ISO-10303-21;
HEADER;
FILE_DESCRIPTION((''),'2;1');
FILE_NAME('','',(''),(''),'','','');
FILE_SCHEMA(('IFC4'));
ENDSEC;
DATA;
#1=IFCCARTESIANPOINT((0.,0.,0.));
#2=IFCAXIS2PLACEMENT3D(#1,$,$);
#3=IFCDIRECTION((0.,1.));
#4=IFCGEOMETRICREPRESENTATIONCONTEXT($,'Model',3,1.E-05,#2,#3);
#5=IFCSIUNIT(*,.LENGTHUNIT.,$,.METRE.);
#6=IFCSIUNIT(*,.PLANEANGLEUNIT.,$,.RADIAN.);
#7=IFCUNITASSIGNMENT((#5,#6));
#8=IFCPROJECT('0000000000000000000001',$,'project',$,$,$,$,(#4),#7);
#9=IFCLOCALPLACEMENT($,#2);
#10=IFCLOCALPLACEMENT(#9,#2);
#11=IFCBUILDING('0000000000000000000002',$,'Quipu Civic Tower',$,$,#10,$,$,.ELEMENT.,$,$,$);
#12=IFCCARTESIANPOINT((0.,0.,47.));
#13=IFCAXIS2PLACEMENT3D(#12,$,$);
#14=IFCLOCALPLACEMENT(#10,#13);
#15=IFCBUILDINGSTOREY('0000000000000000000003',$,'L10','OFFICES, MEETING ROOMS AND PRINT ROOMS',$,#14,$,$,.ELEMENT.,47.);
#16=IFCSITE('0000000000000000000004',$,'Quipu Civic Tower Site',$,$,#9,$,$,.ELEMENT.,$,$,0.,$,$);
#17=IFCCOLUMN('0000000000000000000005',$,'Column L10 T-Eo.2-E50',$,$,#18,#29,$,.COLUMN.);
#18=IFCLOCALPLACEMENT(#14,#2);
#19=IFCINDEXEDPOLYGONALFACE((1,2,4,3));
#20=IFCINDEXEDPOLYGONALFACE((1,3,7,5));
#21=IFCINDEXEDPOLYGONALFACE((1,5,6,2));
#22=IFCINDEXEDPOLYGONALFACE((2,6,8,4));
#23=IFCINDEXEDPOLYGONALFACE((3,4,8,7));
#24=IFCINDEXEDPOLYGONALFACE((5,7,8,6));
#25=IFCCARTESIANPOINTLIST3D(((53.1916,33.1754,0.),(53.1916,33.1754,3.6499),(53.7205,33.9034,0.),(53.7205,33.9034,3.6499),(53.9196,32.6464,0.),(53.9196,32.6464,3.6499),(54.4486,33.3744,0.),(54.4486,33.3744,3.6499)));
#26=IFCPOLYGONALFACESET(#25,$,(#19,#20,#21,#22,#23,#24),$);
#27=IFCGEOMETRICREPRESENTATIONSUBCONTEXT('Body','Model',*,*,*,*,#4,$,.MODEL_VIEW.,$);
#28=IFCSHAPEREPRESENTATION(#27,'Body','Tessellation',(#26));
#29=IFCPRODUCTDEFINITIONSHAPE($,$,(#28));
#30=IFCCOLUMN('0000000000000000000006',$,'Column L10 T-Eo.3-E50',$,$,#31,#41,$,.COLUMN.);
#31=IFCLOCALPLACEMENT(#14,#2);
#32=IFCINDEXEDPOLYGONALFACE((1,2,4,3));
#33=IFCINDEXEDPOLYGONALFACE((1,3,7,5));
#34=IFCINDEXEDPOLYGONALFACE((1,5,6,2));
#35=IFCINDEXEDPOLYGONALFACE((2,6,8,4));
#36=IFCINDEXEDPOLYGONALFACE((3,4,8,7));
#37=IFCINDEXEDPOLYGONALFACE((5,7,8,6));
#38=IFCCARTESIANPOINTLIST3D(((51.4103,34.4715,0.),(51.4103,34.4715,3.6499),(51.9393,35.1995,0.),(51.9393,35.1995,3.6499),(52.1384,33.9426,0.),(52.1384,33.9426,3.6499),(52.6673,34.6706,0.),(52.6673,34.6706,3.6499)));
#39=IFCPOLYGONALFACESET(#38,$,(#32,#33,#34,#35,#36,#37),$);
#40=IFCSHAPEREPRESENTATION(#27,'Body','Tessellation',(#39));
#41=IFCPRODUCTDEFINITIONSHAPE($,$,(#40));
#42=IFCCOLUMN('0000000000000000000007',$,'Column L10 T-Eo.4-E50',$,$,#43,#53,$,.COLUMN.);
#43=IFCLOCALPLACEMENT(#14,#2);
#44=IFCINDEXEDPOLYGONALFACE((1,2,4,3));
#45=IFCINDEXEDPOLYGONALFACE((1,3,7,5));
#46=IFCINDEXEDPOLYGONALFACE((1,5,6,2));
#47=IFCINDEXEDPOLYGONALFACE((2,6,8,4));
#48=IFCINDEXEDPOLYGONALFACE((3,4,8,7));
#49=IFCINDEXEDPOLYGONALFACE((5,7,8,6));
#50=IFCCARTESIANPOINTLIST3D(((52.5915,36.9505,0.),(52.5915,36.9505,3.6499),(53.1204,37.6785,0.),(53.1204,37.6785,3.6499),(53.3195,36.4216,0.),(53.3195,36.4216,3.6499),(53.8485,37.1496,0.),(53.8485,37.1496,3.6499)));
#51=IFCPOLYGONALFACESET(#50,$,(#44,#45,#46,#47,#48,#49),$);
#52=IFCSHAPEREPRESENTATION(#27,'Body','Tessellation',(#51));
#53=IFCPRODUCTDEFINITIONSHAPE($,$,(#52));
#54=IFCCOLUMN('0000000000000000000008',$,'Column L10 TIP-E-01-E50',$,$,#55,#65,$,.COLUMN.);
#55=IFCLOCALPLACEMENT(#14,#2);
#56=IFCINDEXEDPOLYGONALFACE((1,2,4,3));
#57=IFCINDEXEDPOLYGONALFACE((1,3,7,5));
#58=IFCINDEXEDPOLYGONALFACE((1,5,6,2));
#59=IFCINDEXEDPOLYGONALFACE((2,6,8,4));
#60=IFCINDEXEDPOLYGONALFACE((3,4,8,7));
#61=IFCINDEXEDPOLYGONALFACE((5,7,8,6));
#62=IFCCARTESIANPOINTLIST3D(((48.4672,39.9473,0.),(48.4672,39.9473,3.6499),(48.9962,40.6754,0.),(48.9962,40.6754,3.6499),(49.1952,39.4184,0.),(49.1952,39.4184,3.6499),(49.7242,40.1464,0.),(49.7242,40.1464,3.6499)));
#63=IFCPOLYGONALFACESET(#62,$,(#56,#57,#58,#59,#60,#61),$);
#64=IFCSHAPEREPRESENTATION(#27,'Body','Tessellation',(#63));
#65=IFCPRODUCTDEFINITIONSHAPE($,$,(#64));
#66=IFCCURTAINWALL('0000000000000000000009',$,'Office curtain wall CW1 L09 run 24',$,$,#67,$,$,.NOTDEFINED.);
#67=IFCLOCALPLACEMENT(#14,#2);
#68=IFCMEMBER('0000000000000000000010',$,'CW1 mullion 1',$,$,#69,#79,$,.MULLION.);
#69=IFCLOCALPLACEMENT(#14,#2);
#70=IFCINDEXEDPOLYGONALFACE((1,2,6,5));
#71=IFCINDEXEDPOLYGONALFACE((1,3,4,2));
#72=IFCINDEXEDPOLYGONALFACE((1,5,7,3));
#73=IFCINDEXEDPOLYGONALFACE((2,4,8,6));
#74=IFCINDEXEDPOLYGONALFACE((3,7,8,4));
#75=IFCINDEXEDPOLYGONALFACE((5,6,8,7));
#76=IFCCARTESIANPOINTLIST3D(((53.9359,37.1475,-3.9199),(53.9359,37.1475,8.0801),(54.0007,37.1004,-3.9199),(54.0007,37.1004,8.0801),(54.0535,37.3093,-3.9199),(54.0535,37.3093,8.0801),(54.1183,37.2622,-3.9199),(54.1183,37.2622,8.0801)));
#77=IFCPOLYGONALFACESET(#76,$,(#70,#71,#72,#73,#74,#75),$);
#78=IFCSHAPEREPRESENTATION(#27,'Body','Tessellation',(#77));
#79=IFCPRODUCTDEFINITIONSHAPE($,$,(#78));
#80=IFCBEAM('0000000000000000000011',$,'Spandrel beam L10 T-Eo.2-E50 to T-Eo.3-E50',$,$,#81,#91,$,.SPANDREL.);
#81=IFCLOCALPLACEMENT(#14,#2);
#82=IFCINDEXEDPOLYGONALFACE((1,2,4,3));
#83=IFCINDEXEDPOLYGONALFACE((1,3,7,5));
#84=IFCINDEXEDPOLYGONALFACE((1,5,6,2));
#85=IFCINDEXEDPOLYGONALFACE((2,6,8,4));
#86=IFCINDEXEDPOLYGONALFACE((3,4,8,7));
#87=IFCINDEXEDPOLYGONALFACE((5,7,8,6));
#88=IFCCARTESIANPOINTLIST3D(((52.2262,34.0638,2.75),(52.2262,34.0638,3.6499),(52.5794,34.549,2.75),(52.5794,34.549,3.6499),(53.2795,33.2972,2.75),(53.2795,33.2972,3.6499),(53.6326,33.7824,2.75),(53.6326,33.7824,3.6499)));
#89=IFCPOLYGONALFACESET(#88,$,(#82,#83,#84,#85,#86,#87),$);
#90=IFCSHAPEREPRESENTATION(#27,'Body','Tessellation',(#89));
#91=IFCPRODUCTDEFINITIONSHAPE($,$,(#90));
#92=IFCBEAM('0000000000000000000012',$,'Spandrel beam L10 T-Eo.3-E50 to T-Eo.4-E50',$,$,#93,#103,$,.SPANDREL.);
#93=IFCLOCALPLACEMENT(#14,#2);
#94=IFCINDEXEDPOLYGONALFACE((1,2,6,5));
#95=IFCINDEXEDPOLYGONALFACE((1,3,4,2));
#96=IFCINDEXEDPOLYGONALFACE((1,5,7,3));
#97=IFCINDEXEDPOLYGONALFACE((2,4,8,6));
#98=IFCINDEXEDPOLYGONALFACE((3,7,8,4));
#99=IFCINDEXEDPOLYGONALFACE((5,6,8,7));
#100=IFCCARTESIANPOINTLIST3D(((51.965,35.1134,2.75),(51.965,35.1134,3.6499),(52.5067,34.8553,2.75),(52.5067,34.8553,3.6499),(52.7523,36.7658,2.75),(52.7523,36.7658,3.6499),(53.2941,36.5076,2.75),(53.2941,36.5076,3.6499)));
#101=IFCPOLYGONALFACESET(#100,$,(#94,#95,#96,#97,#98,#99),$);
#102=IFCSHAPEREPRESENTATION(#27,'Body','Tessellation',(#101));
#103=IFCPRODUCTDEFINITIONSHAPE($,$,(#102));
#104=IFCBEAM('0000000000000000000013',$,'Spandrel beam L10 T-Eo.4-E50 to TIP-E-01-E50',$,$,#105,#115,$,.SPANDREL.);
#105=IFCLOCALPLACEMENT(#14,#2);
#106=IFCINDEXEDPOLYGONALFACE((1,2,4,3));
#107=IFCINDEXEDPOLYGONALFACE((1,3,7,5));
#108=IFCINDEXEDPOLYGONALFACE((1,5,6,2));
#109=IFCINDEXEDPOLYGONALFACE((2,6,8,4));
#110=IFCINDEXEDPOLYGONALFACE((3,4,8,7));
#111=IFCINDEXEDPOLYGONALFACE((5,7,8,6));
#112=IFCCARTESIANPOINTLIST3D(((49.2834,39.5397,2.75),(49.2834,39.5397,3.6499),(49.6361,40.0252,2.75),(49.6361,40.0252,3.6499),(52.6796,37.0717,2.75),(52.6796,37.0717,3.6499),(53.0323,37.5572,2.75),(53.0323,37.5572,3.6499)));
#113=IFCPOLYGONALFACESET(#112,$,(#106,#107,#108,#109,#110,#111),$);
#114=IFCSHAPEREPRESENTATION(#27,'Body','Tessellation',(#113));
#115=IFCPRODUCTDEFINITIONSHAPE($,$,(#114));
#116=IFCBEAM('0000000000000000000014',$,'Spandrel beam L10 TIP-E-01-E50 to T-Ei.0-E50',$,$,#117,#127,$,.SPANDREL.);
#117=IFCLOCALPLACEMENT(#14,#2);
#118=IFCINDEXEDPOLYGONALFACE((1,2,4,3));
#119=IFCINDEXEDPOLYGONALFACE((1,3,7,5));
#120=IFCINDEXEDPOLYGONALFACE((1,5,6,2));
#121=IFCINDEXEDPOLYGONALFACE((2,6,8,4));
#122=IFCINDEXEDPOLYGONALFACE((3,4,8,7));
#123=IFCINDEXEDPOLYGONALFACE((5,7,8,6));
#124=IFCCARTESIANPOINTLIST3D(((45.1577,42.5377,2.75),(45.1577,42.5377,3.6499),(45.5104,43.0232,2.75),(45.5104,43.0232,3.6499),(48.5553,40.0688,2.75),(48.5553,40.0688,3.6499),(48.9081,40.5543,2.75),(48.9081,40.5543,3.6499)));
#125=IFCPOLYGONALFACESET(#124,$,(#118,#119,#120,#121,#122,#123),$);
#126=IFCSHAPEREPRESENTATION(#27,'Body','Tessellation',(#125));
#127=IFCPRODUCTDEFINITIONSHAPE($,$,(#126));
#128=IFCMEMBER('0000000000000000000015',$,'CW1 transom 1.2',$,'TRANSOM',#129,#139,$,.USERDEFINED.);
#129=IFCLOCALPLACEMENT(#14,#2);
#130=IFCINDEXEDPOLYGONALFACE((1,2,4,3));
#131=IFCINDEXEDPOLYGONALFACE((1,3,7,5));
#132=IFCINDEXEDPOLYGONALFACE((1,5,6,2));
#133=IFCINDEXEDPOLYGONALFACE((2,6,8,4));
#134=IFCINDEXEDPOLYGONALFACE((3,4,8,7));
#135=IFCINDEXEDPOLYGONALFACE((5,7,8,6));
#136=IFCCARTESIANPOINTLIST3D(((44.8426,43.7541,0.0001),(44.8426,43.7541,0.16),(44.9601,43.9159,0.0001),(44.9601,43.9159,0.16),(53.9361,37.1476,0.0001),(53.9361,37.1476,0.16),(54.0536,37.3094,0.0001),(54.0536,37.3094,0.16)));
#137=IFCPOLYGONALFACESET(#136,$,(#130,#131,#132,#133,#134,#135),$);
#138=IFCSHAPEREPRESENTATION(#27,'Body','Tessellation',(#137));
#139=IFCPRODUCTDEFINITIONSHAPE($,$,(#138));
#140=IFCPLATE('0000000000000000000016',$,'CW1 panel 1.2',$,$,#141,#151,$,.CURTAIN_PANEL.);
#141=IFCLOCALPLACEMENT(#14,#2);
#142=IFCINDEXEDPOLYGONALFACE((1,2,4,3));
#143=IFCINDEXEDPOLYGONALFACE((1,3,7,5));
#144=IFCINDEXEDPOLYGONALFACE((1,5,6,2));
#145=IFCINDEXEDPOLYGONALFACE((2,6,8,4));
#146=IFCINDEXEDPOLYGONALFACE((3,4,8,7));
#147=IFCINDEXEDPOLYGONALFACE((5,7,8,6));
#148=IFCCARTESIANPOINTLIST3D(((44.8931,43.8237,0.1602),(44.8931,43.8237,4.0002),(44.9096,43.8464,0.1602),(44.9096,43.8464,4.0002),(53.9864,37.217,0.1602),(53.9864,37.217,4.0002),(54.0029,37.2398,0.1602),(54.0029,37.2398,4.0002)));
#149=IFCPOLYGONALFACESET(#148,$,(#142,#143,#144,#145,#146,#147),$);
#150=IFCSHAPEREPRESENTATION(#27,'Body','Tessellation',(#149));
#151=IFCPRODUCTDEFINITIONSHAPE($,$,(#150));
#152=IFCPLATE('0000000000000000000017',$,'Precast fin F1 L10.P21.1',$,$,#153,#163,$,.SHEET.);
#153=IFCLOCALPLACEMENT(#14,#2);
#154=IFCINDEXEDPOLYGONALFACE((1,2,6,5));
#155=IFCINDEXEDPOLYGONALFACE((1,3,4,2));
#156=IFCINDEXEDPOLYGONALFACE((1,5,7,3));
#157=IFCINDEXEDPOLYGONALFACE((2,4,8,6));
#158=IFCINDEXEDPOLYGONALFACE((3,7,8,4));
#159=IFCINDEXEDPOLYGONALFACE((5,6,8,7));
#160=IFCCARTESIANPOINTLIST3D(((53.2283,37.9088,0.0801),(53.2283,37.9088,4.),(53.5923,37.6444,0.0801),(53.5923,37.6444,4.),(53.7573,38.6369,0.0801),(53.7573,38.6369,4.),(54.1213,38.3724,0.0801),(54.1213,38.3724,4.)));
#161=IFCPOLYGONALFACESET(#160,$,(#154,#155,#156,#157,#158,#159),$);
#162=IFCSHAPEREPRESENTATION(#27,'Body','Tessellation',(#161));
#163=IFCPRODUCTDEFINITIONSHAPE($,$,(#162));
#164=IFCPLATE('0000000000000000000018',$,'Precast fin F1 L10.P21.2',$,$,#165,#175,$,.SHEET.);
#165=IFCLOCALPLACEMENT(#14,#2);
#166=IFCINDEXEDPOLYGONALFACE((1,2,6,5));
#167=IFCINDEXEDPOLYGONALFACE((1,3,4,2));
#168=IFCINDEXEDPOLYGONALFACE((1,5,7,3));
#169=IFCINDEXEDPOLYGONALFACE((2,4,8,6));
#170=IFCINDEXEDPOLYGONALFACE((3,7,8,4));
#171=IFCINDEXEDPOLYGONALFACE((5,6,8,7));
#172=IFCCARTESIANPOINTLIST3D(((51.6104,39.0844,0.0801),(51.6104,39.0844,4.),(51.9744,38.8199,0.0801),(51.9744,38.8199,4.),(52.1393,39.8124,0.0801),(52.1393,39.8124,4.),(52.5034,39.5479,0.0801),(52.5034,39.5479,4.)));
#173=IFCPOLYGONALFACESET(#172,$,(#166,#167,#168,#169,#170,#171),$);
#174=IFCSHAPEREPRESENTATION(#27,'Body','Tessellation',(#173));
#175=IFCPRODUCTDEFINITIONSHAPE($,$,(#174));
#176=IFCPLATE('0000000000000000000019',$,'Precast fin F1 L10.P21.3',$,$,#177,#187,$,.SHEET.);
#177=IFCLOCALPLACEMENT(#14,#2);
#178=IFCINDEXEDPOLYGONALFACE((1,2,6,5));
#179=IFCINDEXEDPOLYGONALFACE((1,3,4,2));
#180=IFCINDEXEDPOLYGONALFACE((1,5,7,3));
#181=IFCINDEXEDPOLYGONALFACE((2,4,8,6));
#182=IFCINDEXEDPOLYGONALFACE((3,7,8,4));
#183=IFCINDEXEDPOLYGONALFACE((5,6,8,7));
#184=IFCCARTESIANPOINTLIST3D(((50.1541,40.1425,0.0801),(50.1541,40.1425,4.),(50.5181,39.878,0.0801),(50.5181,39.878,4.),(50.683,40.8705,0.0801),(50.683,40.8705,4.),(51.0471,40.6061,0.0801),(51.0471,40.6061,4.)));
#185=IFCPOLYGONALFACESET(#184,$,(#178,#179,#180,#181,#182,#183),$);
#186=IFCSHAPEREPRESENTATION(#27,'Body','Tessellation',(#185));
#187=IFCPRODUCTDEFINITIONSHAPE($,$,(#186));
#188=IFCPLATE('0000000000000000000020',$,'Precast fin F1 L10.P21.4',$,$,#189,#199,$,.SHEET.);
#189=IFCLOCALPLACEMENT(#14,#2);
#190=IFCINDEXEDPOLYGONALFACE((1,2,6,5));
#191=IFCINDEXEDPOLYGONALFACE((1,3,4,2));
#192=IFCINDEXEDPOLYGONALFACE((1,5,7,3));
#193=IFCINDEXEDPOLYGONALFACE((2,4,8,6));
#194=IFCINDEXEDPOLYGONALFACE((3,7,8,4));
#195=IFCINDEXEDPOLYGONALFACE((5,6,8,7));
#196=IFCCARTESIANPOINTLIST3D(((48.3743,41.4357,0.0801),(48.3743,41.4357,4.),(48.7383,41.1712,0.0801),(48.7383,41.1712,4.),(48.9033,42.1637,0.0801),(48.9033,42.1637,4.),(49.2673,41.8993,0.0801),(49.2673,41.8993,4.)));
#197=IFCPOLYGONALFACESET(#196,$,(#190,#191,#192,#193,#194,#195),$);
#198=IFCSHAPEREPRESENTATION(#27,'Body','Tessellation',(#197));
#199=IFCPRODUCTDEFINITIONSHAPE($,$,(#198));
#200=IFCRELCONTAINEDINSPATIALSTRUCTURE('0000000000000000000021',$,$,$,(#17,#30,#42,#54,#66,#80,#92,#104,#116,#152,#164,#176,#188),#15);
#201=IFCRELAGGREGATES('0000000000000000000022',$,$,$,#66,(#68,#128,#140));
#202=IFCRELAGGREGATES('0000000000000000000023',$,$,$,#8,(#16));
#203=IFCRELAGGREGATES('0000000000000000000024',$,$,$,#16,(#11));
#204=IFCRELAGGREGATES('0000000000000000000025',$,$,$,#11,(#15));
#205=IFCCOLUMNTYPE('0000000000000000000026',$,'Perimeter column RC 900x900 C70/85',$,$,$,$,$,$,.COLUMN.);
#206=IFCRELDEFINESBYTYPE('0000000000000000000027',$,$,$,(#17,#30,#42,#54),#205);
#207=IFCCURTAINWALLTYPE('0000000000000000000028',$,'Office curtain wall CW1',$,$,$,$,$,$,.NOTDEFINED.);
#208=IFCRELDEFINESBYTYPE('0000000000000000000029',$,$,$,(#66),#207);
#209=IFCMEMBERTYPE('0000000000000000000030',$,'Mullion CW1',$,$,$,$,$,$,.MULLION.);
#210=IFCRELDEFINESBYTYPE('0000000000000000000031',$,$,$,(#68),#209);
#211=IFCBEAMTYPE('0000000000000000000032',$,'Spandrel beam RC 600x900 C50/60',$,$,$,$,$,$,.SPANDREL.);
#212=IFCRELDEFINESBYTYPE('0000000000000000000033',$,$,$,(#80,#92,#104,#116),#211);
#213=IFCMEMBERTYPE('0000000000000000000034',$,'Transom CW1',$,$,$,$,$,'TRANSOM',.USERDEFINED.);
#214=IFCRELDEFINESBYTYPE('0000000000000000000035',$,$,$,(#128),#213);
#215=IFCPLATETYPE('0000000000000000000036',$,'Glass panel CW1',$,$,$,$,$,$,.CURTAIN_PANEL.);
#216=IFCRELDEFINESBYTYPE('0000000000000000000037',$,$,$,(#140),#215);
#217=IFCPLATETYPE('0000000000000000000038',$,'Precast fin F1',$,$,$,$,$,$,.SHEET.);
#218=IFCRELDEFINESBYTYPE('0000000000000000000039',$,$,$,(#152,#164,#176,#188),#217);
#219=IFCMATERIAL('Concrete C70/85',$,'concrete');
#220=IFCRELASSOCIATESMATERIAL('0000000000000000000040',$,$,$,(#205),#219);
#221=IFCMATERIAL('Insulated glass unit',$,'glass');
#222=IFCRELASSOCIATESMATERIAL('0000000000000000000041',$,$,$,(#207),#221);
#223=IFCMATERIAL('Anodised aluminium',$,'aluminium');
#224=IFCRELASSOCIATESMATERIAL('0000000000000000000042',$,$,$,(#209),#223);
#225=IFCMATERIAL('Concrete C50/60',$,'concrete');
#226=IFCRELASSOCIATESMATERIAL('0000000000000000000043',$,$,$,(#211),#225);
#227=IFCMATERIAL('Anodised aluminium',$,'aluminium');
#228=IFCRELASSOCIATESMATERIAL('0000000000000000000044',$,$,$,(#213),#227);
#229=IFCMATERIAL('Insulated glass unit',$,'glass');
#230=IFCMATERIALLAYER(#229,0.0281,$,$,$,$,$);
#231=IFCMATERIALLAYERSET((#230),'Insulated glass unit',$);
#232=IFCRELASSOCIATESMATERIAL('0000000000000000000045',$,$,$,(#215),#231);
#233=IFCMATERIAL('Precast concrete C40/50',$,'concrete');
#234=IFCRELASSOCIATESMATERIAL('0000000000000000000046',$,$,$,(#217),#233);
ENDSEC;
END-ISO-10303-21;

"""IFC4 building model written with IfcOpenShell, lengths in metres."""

from ifc_helpers import new_model, si_unit, direction, frame, origin, origin_2d, place, context, subcontext, project, spatial, rectangle, extrude, material, layer, layer_set, material_profile, profile_set, type_object, element, aggregate, save


model = new_model("IFC4")

# Units and contexts
model_context = context("Model", 3, precision=1e-05, world=origin(), true_north=direction((0.0, 1.0)))
body_context = subcontext(model_context, "Body", "Model", "MODEL_VIEW")
ifc_project = project(units=[si_unit("LENGTHUNIT", "METRE"), si_unit("PLANEANGLEUNIT", "RADIAN")], contexts=[model_context])

# Site, building, storey
site_placement = place(None, origin())
site = spatial("IfcSite", under=ifc_project, at=site_placement, Name="Quipu Civic Tower Site", CompositionType="ELEMENT", RefElevation=0.0)
building_placement = place(site_placement, origin())
building = spatial("IfcBuilding", under=site, at=building_placement, Name="Quipu Civic Tower", CompositionType="ELEMENT")
storey_placement = place(building_placement, frame((0.0, 0.0, 47.0)))
storey = spatial("IfcBuildingStorey", under=building, at=storey_placement, Name="L10", Description="OFFICES, MEETING ROOMS AND PRINT ROOMS", CompositionType="ELEMENT", Elevation=47.0)

# Columns
ifc_material_1 = material(Name="Concrete C70/85", Category="concrete")
ifc_material_profile_1 = material_profile(ifc_material_1, rectangle(XDim=0.8999, YDim=0.8999, at=origin_2d()), Name="RC900x900")
ifc_profile_set_1 = profile_set([ifc_material_profile_1], Name="Concrete C70/85")
column_type = type_object("IfcColumnType", Name="Perimeter column RC 900x900 C70/85", PredefinedType="COLUMN", material=ifc_profile_set_1)
for number, where, z_axis, x_axis, name in (
    (1, (53.8201, 33.2749, 0.0), (0.0, 0.0, 1.0), (-0.809017, 0.587785, 0.0), "Column L10 T-Eo.2-E50"),
    (2, (52.0388, 34.571, 0.0), (0.0, 0.0, 1.0), (0.587785, 0.809017, 0.0), "Column L10 T-Eo.3-E50"),
    (3, (53.22, 37.05, 0.0), (0.0, 0.0, 1.0), (-0.809017, 0.587785, 0.0), "Column L10 T-Eo.4-E50"),
    (4, (49.0957, 40.0469, 0.0), (0.0, 0.0, 1.0), (-0.809017, 0.587785, 0.0), "Column L10 TIP-E-01-E50"),
):
    element("IfcColumn", number, at=place(storey_placement, frame(where, z_axis=z_axis, x_axis=x_axis)), inside=storey, type_object=column_type, Name=name, PredefinedType="COLUMN", context=body_context, shape_type="SweptSolid", body=[
        extrude(rectangle(XDim=0.8999, YDim=0.8999, at=origin_2d()), origin(), (0.0, 0.0, 1.0), 3.6499),
    ])

# Curtain wall, member
ifc_material_2 = material(Name="Insulated glass unit", Category="glass")
curtain_wall_type = type_object("IfcCurtainWallType", Name="Office curtain wall CW1", PredefinedType="NOTDEFINED", material=ifc_material_2)
curtain_wall_placement = place(storey_placement, origin())
curtain_wall = element("IfcCurtainWall", 5, at=curtain_wall_placement, inside=storey, type_object=curtain_wall_type, Name="Office curtain wall CW1 L09 run 24", PredefinedType="NOTDEFINED")
ifc_material_3 = material(Name="Anodised aluminium", Category="aluminium")
ifc_material_profile_2 = material_profile(ifc_material_3, rectangle(XDim=0.2, YDim=0.0801, at=origin_2d()), Name="RECT 200x80")
ifc_profile_set_2 = profile_set([ifc_material_profile_2], Name="Anodised aluminium")
member_type_1 = type_object("IfcMemberType", Name="Mullion CW1", PredefinedType="MULLION", material=ifc_profile_set_2)
member_1_placement = place(storey_placement, frame((54.0271, 37.2048, -3.9199), z_axis=(0.0, 0.0, 1.0), x_axis=(-0.587782, -0.809019, 0.0)))
member_1 = element("IfcMember", 6, at=member_1_placement, type_object=member_type_1, Name="CW1 mullion 1", PredefinedType="MULLION", context=body_context, shape_type="SweptSolid", body=[
    extrude(rectangle(XDim=0.2, YDim=0.0801, at=origin_2d()), origin(), (0.0, 0.0, 1.0), 12.0),
])

# Beams
ifc_material_4 = material(Name="Concrete C50/60", Category="concrete")
ifc_material_profile_3 = material_profile(ifc_material_4, rectangle(XDim=0.6001, YDim=0.8999, at=origin_2d()), Name="RC600x900")
ifc_profile_set_3 = profile_set([ifc_material_profile_3], Name="Concrete C50/60")
beam_type = type_object("IfcBeamType", Name="Spandrel beam RC 600x900 C50/60", PredefinedType="SPANDREL", material=ifc_profile_set_3)
beam_1_placement = place(storey_placement, frame((53.4561, 33.5398, 3.2), z_axis=(-0.808509, 0.588484, 0.0), x_axis=(-0.588484, -0.808509, 0.0)))
element("IfcBeam", 7, at=beam_1_placement, inside=storey, type_object=beam_type, Name="Spandrel beam L10 T-Eo.2-E50 to T-Eo.3-E50", PredefinedType="SPANDREL", context=body_context, shape_type="SweptSolid", body=[
    extrude(rectangle(XDim=0.6001, YDim=0.8999, at=origin_2d()), origin(), (0.0, 0.0, 1.0), 1.3027),
])
beam_2_placement = place(storey_placement, frame((52.2358, 34.9844, 3.2), z_axis=(0.430167, 0.90275, 0.0), x_axis=(-0.90275, 0.430167, 0.0)))
element("IfcBeam", 8, at=beam_2_placement, inside=storey, type_object=beam_type, Name="Spandrel beam L10 T-Eo.3-E50 to T-Eo.4-E50", PredefinedType="SPANDREL", context=body_context, shape_type="SweptSolid", body=[
    extrude(rectangle(XDim=0.6001, YDim=0.8999, at=origin_2d()), origin(), (0.0, 0.0, 1.0), 1.8303),
])
beam_3_placement = place(storey_placement, frame((52.856, 37.3145, 3.2), z_axis=(-0.80896, 0.587864, 0.0), x_axis=(-0.587864, -0.80896, 0.0)))
element("IfcBeam", 9, at=beam_3_placement, inside=storey, type_object=beam_type, Name="Spandrel beam L10 T-Eo.4-E50 to TIP-E-01-E50", PredefinedType="SPANDREL", context=body_context, shape_type="SweptSolid", body=[
    extrude(rectangle(XDim=0.6001, YDim=0.8999, at=origin_2d()), origin(), (0.0, 0.0, 1.0), 4.1982),
])
beam_4_placement = place(storey_placement, frame((48.7317, 40.3115, 3.2), z_axis=(-0.80897, 0.58785, 0.0), x_axis=(-0.58785, -0.80897, 0.0)))
element("IfcBeam", 10, at=beam_4_placement, inside=storey, type_object=beam_type, Name="Spandrel beam L10 TIP-E-01-E50 to T-Ei.0-E50", PredefinedType="SPANDREL", context=body_context, shape_type="SweptSolid", body=[
    extrude(rectangle(XDim=0.6001, YDim=0.8999, at=origin_2d()), origin(), (0.0, 0.0, 1.0), 4.2),
])

# Member
ifc_material_5 = material(Name="Anodised aluminium", Category="aluminium")
ifc_material_profile_4 = material_profile(ifc_material_5, rectangle(XDim=0.2, YDim=0.1599, at=origin_2d()), Name="RECT 200x160")
ifc_profile_set_4 = profile_set([ifc_material_profile_4], Name="Anodised aluminium")
member_type_2 = type_object("IfcMemberType", Name="Transom CW1", ElementType="TRANSOM", PredefinedType="USERDEFINED", material=ifc_profile_set_4)
member_2_placement = place(storey_placement, frame((53.9949, 37.2285, 0.0801), z_axis=(-0.809033, 0.587764, 0.0), x_axis=(-0.587764, -0.809033, 0.0)))
member_2 = element("IfcMember", 11, at=member_2_placement, type_object=member_type_2, Name="CW1 transom 1.2", ObjectType="TRANSOM", PredefinedType="USERDEFINED", context=body_context, shape_type="SweptSolid", body=[
    extrude(rectangle(XDim=0.2, YDim=0.1599, at=origin_2d()), origin(), (0.0, 0.0, 1.0), 11.24),
])

# Plate
ifc_material_6 = material(Name="Insulated glass unit", Category="glass")
ifc_layer = layer(ifc_material_6, 0.0281)
ifc_layer_set = layer_set([ifc_layer], Name="Insulated glass unit")
plate_type_1 = type_object("IfcPlateType", Name="Glass panel CW1", PredefinedType="CURTAIN_PANEL", material=ifc_layer_set)
plate_placement = place(storey_placement, frame((49.448, 40.5317, 0.1602), z_axis=(0.0, 0.0, 1.0), x_axis=(-0.809019, 0.587782, 0.0)))
plate = element("IfcPlate", 12, at=plate_placement, type_object=plate_type_1, Name="CW1 panel 1.2", PredefinedType="CURTAIN_PANEL", context=body_context, shape_type="SweptSolid", body=[
    extrude(rectangle(XDim=11.24, YDim=0.0281, at=origin_2d()), origin(), (0.0, 0.0, 1.0), 3.8401),
])
aggregate(curtain_wall, [member_1, member_2, plate])

# Plates
ifc_material_7 = material(Name="Precast concrete C40/50", Category="concrete")
plate_type_2 = type_object("IfcPlateType", Name="Precast fin F1", PredefinedType="SHEET", material=ifc_material_7)
for number, where, z_axis, x_axis, name in (
    (13, (53.6748, 38.1406, 0.0801), (0.0, 0.0, 1.0), (-0.809021, 0.587779, 0.0), "Precast fin F1 L10.P21.1"),
    (14, (52.0569, 39.3162, 0.0801), (0.0, 0.0, 1.0), (-0.809021, 0.587779, 0.0), "Precast fin F1 L10.P21.2"),
    (15, (50.6006, 40.3743, 0.0801), (0.0, 0.0, 1.0), (-0.809021, 0.587779, 0.0), "Precast fin F1 L10.P21.3"),
    (16, (48.8208, 41.6675, 0.0801), (0.0, 0.0, 1.0), (-0.809021, 0.587779, 0.0), "Precast fin F1 L10.P21.4"),
):
    element("IfcPlate", number, at=place(storey_placement, frame(where, z_axis=z_axis, x_axis=x_axis)), inside=storey, type_object=plate_type_2, Name=name, PredefinedType="SHEET", context=body_context, shape_type="SweptSolid", body=[
        extrude(rectangle(XDim=0.45, YDim=0.8999, at=origin_2d()), origin(), (0.0, 0.0, 1.0), 3.9199),
    ])

save(model, "model.ifc")
